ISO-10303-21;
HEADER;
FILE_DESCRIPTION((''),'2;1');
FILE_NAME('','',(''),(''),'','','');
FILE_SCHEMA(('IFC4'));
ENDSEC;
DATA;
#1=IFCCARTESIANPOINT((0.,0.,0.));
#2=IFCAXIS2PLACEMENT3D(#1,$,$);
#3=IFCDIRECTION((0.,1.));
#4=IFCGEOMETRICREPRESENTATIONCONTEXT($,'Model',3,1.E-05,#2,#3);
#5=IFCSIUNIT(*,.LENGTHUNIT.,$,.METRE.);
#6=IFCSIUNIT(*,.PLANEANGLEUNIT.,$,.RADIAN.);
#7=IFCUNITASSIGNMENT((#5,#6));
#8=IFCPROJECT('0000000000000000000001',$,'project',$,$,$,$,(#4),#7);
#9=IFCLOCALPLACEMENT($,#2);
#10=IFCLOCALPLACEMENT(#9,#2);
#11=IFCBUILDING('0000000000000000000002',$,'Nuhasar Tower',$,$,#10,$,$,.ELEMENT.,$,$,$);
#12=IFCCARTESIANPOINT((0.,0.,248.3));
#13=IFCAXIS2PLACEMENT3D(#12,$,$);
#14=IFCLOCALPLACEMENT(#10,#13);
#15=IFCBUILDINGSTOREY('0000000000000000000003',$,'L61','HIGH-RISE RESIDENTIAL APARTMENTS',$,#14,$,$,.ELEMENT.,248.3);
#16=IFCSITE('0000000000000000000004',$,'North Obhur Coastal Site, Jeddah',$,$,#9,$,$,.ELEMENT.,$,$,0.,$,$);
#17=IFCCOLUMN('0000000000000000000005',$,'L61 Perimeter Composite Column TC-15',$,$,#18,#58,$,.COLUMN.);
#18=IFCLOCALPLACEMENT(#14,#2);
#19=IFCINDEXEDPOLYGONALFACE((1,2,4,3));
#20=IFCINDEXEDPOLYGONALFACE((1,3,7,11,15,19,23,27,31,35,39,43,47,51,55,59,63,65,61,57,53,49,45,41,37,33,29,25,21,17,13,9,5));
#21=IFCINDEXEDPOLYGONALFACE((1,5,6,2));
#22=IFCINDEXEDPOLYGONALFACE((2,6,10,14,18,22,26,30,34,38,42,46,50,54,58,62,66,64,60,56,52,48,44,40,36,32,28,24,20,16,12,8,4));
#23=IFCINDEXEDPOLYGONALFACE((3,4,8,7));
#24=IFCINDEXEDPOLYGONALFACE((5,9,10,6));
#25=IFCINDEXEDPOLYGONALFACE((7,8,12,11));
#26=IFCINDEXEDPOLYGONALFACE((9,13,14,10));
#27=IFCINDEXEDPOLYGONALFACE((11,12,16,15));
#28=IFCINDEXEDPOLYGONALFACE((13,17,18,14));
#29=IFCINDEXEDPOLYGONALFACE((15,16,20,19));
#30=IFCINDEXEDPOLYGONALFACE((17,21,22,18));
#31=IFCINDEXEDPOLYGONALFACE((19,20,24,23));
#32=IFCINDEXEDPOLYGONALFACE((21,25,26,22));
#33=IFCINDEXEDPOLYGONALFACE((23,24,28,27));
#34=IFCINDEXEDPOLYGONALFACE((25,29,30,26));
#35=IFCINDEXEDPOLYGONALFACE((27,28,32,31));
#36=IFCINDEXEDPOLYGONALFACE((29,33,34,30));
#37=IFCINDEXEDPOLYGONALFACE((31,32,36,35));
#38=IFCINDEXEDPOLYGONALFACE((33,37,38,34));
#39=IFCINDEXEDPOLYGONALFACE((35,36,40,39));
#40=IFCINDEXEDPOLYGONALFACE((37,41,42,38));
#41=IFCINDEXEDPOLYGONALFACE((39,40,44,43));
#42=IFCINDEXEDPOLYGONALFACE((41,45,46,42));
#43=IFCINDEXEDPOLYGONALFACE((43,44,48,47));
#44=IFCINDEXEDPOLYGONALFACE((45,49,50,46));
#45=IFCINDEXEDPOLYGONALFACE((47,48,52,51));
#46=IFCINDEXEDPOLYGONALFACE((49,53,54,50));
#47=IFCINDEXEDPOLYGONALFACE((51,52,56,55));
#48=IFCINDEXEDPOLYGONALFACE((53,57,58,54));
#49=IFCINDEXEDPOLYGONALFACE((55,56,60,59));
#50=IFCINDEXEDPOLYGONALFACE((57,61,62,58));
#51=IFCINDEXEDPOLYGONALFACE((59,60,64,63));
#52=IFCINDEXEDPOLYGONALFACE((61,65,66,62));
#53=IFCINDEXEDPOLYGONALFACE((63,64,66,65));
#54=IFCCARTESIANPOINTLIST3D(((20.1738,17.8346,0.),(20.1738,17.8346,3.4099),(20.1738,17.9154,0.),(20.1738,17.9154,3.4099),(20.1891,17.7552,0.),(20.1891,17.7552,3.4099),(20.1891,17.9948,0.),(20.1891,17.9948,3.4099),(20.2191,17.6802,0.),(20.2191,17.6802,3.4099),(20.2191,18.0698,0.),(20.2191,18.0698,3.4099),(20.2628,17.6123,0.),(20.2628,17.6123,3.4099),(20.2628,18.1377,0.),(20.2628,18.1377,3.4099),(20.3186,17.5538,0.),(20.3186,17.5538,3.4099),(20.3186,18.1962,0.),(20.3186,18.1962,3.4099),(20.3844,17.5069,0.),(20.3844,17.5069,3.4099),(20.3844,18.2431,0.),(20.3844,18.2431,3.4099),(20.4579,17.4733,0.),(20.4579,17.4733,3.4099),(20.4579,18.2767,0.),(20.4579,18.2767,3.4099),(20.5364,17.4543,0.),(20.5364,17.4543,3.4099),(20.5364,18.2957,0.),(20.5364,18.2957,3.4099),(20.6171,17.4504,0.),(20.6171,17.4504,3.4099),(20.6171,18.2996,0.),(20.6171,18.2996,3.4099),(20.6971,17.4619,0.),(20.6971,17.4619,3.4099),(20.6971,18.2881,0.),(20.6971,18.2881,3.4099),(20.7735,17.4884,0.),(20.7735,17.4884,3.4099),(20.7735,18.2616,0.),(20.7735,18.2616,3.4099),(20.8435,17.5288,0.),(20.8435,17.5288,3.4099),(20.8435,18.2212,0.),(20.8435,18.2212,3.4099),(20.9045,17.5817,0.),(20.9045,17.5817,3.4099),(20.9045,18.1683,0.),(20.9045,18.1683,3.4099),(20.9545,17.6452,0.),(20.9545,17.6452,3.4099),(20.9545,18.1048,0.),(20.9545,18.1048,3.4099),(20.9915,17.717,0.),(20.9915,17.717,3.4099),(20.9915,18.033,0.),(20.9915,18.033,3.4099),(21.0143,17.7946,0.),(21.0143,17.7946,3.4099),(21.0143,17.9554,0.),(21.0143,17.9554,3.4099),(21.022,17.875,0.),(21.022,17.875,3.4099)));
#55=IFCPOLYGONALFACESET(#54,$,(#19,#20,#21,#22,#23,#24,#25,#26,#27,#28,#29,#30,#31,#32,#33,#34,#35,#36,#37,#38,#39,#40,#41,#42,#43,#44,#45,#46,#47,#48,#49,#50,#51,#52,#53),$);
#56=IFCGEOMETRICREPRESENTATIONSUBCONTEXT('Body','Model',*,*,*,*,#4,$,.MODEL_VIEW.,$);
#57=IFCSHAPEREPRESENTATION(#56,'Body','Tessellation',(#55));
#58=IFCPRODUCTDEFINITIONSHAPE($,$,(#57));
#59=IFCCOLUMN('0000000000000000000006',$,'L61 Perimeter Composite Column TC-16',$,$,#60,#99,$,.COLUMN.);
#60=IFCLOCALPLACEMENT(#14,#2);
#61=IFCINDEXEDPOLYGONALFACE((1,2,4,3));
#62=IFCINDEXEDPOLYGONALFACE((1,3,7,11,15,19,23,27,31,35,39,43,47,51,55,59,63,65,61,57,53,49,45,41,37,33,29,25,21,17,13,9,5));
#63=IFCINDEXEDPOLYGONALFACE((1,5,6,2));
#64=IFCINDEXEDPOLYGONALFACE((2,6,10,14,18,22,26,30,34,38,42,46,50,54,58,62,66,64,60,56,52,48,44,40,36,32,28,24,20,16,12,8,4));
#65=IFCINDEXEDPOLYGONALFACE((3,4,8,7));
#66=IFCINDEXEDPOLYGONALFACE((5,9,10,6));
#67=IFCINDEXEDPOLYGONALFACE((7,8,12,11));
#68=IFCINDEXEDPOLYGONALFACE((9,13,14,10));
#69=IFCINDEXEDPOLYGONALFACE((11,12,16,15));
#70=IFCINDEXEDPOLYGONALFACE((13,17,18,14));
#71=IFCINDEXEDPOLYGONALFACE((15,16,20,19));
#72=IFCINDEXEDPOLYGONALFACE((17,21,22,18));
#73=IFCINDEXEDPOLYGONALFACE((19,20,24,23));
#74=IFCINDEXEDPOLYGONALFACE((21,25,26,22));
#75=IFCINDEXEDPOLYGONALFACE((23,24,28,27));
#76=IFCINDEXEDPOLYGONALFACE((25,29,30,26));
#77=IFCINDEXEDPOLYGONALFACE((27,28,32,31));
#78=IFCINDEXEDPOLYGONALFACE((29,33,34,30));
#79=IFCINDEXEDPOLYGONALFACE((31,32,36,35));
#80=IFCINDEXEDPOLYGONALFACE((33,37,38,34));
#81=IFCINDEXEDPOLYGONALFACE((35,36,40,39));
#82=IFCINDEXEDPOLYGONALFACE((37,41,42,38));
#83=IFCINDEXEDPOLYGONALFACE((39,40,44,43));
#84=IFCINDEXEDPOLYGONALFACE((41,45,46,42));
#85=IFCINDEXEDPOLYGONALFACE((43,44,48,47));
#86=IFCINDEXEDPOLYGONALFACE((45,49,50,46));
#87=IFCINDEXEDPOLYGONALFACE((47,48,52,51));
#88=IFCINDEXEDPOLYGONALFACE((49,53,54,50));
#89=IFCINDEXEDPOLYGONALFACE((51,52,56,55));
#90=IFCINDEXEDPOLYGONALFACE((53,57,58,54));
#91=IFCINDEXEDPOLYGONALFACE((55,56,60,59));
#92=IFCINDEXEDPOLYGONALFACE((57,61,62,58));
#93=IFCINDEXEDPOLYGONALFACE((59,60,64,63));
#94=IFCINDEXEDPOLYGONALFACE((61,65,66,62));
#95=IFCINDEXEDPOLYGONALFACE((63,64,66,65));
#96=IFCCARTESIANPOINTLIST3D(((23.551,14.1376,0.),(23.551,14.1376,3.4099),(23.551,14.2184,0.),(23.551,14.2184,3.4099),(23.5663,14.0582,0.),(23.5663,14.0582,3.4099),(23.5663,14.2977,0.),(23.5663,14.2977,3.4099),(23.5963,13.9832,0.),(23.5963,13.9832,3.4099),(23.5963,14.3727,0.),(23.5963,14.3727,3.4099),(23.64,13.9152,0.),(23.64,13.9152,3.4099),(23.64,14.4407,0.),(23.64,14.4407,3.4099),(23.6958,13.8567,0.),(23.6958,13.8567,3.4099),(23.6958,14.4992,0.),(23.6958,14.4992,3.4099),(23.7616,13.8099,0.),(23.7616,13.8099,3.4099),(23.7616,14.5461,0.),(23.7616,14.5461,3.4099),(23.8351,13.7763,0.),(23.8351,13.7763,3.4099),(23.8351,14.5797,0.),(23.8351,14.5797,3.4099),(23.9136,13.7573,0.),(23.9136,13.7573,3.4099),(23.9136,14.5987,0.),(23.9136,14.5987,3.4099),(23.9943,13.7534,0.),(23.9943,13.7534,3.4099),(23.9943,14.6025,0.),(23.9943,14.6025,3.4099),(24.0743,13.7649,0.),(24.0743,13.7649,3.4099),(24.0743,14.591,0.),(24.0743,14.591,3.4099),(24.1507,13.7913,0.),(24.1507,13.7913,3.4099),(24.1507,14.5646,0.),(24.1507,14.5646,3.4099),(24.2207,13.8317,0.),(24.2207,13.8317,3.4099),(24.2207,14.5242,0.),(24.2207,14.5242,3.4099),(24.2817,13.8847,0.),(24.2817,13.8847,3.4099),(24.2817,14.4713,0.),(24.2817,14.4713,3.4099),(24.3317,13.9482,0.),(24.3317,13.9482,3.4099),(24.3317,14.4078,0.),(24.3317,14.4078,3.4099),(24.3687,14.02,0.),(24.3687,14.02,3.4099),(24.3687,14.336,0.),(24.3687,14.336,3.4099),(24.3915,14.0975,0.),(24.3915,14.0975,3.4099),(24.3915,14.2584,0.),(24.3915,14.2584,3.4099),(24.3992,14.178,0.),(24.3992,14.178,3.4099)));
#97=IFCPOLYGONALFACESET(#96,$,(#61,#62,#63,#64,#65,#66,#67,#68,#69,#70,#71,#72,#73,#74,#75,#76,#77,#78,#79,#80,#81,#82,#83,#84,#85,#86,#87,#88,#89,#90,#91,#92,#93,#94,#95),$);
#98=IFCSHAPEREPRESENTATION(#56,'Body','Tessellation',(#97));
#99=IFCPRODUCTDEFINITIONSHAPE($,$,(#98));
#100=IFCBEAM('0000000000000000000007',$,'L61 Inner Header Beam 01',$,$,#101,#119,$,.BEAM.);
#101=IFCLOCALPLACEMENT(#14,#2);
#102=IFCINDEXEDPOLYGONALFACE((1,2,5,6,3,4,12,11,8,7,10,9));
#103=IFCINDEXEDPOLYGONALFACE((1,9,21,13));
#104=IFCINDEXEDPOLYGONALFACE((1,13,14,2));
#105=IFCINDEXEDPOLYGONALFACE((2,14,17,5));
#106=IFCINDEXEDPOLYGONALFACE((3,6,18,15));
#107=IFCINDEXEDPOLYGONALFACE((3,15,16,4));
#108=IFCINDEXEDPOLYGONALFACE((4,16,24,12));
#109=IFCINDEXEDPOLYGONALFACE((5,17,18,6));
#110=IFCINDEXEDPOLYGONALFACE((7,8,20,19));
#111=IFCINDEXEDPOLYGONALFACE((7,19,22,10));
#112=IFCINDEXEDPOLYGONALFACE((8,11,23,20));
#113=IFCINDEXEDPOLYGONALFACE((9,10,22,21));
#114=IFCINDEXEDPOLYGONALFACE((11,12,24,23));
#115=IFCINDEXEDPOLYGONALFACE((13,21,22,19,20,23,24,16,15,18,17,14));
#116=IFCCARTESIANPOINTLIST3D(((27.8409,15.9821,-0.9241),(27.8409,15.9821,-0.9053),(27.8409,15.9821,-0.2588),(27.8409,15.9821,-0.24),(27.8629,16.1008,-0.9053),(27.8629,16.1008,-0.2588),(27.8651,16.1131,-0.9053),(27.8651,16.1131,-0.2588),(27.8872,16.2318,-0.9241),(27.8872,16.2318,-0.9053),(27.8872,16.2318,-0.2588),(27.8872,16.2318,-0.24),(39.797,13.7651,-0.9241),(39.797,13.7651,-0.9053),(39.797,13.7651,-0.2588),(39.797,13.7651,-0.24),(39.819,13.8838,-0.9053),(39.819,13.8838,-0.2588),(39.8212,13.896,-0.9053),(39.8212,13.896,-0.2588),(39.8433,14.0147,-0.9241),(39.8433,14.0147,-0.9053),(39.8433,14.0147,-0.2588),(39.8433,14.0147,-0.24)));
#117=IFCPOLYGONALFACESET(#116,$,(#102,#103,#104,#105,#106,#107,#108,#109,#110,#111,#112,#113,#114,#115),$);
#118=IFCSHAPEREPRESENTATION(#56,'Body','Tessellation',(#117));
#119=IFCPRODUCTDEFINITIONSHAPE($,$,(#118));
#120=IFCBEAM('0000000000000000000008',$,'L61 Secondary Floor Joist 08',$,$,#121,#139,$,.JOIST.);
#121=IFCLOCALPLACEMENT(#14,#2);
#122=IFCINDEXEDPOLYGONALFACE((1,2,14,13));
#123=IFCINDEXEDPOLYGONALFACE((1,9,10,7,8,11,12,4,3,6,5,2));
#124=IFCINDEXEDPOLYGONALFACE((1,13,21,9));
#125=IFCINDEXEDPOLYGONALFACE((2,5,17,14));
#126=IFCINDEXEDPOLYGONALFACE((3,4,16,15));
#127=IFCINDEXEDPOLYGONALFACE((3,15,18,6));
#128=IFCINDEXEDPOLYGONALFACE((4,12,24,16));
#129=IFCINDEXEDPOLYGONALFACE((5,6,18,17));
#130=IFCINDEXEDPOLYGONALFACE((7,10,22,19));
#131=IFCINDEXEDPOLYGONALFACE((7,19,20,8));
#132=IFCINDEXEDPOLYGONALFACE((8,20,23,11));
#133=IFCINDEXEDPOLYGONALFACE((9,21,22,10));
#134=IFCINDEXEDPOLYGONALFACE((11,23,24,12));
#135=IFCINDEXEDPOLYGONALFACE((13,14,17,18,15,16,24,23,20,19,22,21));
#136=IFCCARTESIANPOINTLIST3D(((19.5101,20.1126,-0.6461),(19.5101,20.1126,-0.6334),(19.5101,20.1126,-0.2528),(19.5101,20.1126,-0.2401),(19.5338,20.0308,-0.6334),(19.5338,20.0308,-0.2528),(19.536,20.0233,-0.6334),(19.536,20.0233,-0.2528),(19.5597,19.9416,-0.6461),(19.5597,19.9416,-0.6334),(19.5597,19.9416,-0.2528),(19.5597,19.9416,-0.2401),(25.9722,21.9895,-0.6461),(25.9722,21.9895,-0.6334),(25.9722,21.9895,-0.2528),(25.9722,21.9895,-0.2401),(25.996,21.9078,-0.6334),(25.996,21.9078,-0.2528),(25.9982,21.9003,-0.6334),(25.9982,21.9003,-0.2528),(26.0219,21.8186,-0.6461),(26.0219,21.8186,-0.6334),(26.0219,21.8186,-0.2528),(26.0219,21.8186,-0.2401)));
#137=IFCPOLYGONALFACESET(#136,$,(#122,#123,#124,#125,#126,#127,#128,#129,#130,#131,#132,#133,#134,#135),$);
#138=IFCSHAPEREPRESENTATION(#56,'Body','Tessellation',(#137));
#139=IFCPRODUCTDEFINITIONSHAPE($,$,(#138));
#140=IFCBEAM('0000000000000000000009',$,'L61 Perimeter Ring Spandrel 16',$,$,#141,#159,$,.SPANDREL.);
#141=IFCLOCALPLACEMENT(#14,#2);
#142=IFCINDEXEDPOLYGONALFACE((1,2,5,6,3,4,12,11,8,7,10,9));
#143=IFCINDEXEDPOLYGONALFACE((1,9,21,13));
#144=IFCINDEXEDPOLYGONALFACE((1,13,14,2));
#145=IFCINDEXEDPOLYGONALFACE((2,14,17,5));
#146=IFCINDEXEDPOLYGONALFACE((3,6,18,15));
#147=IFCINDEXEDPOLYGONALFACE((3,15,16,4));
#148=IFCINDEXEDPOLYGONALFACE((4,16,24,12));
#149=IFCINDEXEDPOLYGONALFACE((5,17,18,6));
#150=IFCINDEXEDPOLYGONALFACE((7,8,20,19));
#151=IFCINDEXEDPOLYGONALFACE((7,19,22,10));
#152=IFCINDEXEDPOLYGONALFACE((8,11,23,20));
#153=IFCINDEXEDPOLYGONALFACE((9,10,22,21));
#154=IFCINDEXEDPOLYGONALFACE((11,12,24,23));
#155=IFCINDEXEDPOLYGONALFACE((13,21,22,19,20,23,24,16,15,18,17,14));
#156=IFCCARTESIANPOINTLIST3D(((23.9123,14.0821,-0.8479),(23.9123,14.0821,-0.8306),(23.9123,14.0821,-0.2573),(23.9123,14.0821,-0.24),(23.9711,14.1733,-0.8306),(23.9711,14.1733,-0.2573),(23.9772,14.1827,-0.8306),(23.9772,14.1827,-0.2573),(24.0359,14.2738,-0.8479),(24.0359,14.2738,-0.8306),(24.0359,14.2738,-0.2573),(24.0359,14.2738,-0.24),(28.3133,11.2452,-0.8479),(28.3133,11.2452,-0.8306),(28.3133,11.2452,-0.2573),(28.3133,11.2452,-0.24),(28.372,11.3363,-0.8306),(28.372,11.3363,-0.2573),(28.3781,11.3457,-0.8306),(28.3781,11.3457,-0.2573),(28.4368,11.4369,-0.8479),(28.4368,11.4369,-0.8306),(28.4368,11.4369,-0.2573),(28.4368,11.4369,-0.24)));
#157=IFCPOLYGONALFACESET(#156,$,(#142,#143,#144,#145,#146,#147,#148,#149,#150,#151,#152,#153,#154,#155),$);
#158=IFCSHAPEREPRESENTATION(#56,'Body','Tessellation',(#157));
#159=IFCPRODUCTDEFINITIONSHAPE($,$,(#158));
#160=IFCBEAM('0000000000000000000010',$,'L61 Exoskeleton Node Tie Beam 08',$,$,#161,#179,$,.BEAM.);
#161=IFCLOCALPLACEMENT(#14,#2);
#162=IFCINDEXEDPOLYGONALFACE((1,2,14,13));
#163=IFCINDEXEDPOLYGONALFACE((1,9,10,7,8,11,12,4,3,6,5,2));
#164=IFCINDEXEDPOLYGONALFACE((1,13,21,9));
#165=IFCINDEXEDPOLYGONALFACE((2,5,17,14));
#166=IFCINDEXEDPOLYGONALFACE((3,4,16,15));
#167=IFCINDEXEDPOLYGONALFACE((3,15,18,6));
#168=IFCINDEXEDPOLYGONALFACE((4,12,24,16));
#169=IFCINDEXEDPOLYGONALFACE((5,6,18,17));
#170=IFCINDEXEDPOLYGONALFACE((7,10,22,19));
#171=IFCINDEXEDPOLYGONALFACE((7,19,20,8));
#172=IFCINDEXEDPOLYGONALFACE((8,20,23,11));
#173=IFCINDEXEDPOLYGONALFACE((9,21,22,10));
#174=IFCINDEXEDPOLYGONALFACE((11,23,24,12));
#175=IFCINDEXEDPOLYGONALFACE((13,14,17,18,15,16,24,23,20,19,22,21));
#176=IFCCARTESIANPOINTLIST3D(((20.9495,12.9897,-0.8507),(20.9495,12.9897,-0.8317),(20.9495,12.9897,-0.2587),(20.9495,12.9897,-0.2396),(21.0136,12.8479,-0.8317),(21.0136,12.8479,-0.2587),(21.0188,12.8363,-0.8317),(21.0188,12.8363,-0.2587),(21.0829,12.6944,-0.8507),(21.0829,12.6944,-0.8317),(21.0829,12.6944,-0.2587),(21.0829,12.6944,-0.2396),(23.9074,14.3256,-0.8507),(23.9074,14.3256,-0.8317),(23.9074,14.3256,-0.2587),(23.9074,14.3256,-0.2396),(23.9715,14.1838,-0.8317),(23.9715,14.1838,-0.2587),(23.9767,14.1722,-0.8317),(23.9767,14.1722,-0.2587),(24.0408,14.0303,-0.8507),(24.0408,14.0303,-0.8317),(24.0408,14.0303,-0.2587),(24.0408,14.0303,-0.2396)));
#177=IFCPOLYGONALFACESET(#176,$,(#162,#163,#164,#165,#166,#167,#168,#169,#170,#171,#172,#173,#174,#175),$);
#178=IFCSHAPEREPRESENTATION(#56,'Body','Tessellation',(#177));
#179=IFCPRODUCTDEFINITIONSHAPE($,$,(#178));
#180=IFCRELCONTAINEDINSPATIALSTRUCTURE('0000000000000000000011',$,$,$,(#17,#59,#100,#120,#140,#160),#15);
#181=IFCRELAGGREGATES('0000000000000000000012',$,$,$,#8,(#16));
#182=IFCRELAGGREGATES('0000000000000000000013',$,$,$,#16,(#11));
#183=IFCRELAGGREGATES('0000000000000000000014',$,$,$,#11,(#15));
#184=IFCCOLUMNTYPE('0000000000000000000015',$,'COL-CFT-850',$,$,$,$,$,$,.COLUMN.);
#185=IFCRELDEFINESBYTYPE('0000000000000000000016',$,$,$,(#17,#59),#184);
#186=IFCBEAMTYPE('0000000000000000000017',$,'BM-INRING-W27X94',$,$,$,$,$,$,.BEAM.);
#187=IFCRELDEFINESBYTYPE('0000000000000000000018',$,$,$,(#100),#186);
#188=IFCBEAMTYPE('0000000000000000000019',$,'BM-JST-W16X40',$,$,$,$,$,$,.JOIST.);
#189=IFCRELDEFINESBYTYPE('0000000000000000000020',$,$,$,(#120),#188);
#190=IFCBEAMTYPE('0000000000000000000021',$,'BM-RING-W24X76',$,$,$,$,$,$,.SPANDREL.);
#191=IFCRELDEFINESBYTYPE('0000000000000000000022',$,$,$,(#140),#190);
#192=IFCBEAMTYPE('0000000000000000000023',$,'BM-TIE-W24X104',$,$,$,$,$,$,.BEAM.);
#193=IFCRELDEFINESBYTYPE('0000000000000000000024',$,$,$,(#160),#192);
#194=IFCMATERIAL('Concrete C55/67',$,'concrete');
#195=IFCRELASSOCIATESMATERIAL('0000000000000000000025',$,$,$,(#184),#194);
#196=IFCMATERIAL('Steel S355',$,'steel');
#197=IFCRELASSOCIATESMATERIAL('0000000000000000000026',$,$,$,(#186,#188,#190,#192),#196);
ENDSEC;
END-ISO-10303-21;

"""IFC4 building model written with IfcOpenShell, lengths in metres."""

from ifc_helpers import new_model, si_unit, direction, frame, origin, origin_2d, place, context, subcontext, project, spatial, circle, i_section, extrude, material, material_profile, profile_set, type_object, element, save


model = new_model("IFC4")

# Units and contexts
model_context = context("Model", 3, precision=1e-05, world=origin(), true_north=direction((0.0, 1.0)))
body_context = subcontext(model_context, "Body", "Model", "MODEL_VIEW")
ifc_project = project(units=[si_unit("LENGTHUNIT", "METRE"), si_unit("PLANEANGLEUNIT", "RADIAN")], contexts=[model_context])

# Site, building, storey
site_placement = place(None, origin())
site = spatial("IfcSite", under=ifc_project, at=site_placement, Name="North Obhur Coastal Site, Jeddah", CompositionType="ELEMENT", RefElevation=0.0)
building_placement = place(site_placement, origin())
building = spatial("IfcBuilding", under=site, at=building_placement, Name="Nuhasar Tower", CompositionType="ELEMENT")
storey_placement = place(building_placement, frame((0.0, 0.0, 248.3)))
storey = spatial("IfcBuildingStorey", under=building, at=storey_placement, Name="L61", Description="HIGH-RISE RESIDENTIAL APARTMENTS", CompositionType="ELEMENT", Elevation=248.3)

# Columns
ifc_material_1 = material(Name="Concrete C55/67", Category="concrete")
ifc_material_profile_1 = material_profile(ifc_material_1, circle(Radius=0.425, at=origin_2d()), Name="CFT850")
ifc_profile_set_1 = profile_set([ifc_material_profile_1], Name="Concrete C55/67")
column_type = type_object("IfcColumnType", Name="COL-CFT-850", PredefinedType="COLUMN", material=ifc_profile_set_1)
for number, where, z_axis, x_axis, name in (
    (1, (20.5969, 17.875, 0.0), (0.0, 0.0, 1.0), (1.0, 0.0, 0.0), "L61 Perimeter Composite Column TC-15"),
    (2, (23.9741, 14.178, 0.0), (0.0, 0.0, 1.0), (1.0, 0.0, 0.0), "L61 Perimeter Composite Column TC-16"),
):
    element("IfcColumn", number, at=place(storey_placement, frame(where, z_axis=z_axis, x_axis=x_axis)), inside=storey, type_object=column_type, Name=name, PredefinedType="COLUMN", context=body_context, shape_type="SweptSolid", body=[
        extrude(circle(Radius=0.425, at=origin_2d()), origin(), (0.0, 0.0, 1.0), 3.4099),
    ])

# Beams
ifc_material_2 = material(Name="Steel S355", Category="steel")
ifc_material_profile_2 = material_profile(ifc_material_2, i_section(OverallWidth=0.2539, OverallDepth=0.6841, WebThickness=0.0125, FlangeThickness=0.0188, at=origin_2d()), Name="W27X94")
ifc_profile_set_2 = profile_set([ifc_material_profile_2], Name="Steel S355")
beam_type_1 = type_object("IfcBeamType", Name="BM-INRING-W27X94", PredefinedType="BEAM", material=ifc_profile_set_2)
beam_1_placement = place(storey_placement, frame((27.864, 16.1069, -0.582), z_axis=(0.983238, -0.182324, 0.0), x_axis=(0.182324, 0.983238, 0.0)))
element("IfcBeam", 3, at=beam_1_placement, inside=storey, type_object=beam_type_1, Name="L61 Inner Header Beam 01", PredefinedType="BEAM", context=body_context, shape_type="SweptSolid", body=[
    extrude(i_section(OverallWidth=0.2539, OverallDepth=0.6841, WebThickness=0.0125, FlangeThickness=0.0188, at=origin_2d()), origin(), (0.0, 0.0, 1.0), 12.1599),
])
ifc_material_profile_3 = material_profile(ifc_material_2, i_section(OverallWidth=0.178, OverallDepth=0.406, WebThickness=0.0078, FlangeThickness=0.0127, at=origin_2d()), Name="W16X40")
ifc_profile_set_3 = profile_set([ifc_material_profile_3], Name="Steel S355")
beam_type_2 = type_object("IfcBeamType", Name="BM-JST-W16X40", PredefinedType="JOIST", material=ifc_profile_set_3)
beam_2_placement = place(storey_placement, frame((25.9971, 21.9041, -0.4431), z_axis=(-0.960313, -0.278926, 0.0), x_axis=(0.278926, -0.960313, 0.0)))
element("IfcBeam", 4, at=beam_2_placement, inside=storey, type_object=beam_type_2, Name="L61 Secondary Floor Joist 08", PredefinedType="JOIST", context=body_context, shape_type="SweptSolid", body=[
    extrude(i_section(OverallWidth=0.178, OverallDepth=0.406, WebThickness=0.0078, FlangeThickness=0.0127, at=origin_2d()), origin(), (0.0, 0.0, 1.0), 6.7292),
])
ifc_material_profile_4 = material_profile(ifc_material_2, i_section(OverallWidth=0.228, OverallDepth=0.6079, WebThickness=0.0112, FlangeThickness=0.0173, at=origin_2d()), Name="W24X76")
ifc_profile_set_4 = profile_set([ifc_material_profile_4], Name="Steel S355")
beam_type_3 = type_object("IfcBeamType", Name="BM-RING-W24X76", PredefinedType="SPANDREL", material=ifc_profile_set_4)
beam_3_placement = place(storey_placement, frame((23.9741, 14.178, -0.5439), z_axis=(0.840502, -0.541808, 0.0), x_axis=(0.541808, 0.840502, 0.0)))
element("IfcBeam", 5, at=beam_3_placement, inside=storey, type_object=beam_type_3, Name="L61 Perimeter Ring Spandrel 16", PredefinedType="SPANDREL", context=body_context, shape_type="SweptSolid", body=[
    extrude(i_section(OverallWidth=0.228, OverallDepth=0.6079, WebThickness=0.0112, FlangeThickness=0.0173, at=origin_2d()), origin(), (0.0, 0.0, 1.0), 5.2361),
])
ifc_material_profile_5 = material_profile(ifc_material_2, i_section(OverallWidth=0.324, OverallDepth=0.6111, WebThickness=0.0127, FlangeThickness=0.019, at=origin_2d()), Name="W24X104")
ifc_profile_set_5 = profile_set([ifc_material_profile_5], Name="Steel S355")
beam_type_4 = type_object("IfcBeamType", Name="BM-TIE-W24X104", PredefinedType="BEAM", material=ifc_profile_set_5)
beam_4_placement = place(storey_placement, frame((23.9741, 14.178, -0.5452), z_axis=(-0.911363, -0.411603, 0.0), x_axis=(0.411603, -0.911363, 0.0)))
element("IfcBeam", 6, at=beam_4_placement, inside=storey, type_object=beam_type_4, Name="L61 Exoskeleton Node Tie Beam 08", PredefinedType="BEAM", context=body_context, shape_type="SweptSolid", body=[
    extrude(i_section(OverallWidth=0.324, OverallDepth=0.6111, WebThickness=0.0127, FlangeThickness=0.019, at=origin_2d()), origin(), (0.0, 0.0, 1.0), 3.2456),
])

save(model, "model.ifc")
